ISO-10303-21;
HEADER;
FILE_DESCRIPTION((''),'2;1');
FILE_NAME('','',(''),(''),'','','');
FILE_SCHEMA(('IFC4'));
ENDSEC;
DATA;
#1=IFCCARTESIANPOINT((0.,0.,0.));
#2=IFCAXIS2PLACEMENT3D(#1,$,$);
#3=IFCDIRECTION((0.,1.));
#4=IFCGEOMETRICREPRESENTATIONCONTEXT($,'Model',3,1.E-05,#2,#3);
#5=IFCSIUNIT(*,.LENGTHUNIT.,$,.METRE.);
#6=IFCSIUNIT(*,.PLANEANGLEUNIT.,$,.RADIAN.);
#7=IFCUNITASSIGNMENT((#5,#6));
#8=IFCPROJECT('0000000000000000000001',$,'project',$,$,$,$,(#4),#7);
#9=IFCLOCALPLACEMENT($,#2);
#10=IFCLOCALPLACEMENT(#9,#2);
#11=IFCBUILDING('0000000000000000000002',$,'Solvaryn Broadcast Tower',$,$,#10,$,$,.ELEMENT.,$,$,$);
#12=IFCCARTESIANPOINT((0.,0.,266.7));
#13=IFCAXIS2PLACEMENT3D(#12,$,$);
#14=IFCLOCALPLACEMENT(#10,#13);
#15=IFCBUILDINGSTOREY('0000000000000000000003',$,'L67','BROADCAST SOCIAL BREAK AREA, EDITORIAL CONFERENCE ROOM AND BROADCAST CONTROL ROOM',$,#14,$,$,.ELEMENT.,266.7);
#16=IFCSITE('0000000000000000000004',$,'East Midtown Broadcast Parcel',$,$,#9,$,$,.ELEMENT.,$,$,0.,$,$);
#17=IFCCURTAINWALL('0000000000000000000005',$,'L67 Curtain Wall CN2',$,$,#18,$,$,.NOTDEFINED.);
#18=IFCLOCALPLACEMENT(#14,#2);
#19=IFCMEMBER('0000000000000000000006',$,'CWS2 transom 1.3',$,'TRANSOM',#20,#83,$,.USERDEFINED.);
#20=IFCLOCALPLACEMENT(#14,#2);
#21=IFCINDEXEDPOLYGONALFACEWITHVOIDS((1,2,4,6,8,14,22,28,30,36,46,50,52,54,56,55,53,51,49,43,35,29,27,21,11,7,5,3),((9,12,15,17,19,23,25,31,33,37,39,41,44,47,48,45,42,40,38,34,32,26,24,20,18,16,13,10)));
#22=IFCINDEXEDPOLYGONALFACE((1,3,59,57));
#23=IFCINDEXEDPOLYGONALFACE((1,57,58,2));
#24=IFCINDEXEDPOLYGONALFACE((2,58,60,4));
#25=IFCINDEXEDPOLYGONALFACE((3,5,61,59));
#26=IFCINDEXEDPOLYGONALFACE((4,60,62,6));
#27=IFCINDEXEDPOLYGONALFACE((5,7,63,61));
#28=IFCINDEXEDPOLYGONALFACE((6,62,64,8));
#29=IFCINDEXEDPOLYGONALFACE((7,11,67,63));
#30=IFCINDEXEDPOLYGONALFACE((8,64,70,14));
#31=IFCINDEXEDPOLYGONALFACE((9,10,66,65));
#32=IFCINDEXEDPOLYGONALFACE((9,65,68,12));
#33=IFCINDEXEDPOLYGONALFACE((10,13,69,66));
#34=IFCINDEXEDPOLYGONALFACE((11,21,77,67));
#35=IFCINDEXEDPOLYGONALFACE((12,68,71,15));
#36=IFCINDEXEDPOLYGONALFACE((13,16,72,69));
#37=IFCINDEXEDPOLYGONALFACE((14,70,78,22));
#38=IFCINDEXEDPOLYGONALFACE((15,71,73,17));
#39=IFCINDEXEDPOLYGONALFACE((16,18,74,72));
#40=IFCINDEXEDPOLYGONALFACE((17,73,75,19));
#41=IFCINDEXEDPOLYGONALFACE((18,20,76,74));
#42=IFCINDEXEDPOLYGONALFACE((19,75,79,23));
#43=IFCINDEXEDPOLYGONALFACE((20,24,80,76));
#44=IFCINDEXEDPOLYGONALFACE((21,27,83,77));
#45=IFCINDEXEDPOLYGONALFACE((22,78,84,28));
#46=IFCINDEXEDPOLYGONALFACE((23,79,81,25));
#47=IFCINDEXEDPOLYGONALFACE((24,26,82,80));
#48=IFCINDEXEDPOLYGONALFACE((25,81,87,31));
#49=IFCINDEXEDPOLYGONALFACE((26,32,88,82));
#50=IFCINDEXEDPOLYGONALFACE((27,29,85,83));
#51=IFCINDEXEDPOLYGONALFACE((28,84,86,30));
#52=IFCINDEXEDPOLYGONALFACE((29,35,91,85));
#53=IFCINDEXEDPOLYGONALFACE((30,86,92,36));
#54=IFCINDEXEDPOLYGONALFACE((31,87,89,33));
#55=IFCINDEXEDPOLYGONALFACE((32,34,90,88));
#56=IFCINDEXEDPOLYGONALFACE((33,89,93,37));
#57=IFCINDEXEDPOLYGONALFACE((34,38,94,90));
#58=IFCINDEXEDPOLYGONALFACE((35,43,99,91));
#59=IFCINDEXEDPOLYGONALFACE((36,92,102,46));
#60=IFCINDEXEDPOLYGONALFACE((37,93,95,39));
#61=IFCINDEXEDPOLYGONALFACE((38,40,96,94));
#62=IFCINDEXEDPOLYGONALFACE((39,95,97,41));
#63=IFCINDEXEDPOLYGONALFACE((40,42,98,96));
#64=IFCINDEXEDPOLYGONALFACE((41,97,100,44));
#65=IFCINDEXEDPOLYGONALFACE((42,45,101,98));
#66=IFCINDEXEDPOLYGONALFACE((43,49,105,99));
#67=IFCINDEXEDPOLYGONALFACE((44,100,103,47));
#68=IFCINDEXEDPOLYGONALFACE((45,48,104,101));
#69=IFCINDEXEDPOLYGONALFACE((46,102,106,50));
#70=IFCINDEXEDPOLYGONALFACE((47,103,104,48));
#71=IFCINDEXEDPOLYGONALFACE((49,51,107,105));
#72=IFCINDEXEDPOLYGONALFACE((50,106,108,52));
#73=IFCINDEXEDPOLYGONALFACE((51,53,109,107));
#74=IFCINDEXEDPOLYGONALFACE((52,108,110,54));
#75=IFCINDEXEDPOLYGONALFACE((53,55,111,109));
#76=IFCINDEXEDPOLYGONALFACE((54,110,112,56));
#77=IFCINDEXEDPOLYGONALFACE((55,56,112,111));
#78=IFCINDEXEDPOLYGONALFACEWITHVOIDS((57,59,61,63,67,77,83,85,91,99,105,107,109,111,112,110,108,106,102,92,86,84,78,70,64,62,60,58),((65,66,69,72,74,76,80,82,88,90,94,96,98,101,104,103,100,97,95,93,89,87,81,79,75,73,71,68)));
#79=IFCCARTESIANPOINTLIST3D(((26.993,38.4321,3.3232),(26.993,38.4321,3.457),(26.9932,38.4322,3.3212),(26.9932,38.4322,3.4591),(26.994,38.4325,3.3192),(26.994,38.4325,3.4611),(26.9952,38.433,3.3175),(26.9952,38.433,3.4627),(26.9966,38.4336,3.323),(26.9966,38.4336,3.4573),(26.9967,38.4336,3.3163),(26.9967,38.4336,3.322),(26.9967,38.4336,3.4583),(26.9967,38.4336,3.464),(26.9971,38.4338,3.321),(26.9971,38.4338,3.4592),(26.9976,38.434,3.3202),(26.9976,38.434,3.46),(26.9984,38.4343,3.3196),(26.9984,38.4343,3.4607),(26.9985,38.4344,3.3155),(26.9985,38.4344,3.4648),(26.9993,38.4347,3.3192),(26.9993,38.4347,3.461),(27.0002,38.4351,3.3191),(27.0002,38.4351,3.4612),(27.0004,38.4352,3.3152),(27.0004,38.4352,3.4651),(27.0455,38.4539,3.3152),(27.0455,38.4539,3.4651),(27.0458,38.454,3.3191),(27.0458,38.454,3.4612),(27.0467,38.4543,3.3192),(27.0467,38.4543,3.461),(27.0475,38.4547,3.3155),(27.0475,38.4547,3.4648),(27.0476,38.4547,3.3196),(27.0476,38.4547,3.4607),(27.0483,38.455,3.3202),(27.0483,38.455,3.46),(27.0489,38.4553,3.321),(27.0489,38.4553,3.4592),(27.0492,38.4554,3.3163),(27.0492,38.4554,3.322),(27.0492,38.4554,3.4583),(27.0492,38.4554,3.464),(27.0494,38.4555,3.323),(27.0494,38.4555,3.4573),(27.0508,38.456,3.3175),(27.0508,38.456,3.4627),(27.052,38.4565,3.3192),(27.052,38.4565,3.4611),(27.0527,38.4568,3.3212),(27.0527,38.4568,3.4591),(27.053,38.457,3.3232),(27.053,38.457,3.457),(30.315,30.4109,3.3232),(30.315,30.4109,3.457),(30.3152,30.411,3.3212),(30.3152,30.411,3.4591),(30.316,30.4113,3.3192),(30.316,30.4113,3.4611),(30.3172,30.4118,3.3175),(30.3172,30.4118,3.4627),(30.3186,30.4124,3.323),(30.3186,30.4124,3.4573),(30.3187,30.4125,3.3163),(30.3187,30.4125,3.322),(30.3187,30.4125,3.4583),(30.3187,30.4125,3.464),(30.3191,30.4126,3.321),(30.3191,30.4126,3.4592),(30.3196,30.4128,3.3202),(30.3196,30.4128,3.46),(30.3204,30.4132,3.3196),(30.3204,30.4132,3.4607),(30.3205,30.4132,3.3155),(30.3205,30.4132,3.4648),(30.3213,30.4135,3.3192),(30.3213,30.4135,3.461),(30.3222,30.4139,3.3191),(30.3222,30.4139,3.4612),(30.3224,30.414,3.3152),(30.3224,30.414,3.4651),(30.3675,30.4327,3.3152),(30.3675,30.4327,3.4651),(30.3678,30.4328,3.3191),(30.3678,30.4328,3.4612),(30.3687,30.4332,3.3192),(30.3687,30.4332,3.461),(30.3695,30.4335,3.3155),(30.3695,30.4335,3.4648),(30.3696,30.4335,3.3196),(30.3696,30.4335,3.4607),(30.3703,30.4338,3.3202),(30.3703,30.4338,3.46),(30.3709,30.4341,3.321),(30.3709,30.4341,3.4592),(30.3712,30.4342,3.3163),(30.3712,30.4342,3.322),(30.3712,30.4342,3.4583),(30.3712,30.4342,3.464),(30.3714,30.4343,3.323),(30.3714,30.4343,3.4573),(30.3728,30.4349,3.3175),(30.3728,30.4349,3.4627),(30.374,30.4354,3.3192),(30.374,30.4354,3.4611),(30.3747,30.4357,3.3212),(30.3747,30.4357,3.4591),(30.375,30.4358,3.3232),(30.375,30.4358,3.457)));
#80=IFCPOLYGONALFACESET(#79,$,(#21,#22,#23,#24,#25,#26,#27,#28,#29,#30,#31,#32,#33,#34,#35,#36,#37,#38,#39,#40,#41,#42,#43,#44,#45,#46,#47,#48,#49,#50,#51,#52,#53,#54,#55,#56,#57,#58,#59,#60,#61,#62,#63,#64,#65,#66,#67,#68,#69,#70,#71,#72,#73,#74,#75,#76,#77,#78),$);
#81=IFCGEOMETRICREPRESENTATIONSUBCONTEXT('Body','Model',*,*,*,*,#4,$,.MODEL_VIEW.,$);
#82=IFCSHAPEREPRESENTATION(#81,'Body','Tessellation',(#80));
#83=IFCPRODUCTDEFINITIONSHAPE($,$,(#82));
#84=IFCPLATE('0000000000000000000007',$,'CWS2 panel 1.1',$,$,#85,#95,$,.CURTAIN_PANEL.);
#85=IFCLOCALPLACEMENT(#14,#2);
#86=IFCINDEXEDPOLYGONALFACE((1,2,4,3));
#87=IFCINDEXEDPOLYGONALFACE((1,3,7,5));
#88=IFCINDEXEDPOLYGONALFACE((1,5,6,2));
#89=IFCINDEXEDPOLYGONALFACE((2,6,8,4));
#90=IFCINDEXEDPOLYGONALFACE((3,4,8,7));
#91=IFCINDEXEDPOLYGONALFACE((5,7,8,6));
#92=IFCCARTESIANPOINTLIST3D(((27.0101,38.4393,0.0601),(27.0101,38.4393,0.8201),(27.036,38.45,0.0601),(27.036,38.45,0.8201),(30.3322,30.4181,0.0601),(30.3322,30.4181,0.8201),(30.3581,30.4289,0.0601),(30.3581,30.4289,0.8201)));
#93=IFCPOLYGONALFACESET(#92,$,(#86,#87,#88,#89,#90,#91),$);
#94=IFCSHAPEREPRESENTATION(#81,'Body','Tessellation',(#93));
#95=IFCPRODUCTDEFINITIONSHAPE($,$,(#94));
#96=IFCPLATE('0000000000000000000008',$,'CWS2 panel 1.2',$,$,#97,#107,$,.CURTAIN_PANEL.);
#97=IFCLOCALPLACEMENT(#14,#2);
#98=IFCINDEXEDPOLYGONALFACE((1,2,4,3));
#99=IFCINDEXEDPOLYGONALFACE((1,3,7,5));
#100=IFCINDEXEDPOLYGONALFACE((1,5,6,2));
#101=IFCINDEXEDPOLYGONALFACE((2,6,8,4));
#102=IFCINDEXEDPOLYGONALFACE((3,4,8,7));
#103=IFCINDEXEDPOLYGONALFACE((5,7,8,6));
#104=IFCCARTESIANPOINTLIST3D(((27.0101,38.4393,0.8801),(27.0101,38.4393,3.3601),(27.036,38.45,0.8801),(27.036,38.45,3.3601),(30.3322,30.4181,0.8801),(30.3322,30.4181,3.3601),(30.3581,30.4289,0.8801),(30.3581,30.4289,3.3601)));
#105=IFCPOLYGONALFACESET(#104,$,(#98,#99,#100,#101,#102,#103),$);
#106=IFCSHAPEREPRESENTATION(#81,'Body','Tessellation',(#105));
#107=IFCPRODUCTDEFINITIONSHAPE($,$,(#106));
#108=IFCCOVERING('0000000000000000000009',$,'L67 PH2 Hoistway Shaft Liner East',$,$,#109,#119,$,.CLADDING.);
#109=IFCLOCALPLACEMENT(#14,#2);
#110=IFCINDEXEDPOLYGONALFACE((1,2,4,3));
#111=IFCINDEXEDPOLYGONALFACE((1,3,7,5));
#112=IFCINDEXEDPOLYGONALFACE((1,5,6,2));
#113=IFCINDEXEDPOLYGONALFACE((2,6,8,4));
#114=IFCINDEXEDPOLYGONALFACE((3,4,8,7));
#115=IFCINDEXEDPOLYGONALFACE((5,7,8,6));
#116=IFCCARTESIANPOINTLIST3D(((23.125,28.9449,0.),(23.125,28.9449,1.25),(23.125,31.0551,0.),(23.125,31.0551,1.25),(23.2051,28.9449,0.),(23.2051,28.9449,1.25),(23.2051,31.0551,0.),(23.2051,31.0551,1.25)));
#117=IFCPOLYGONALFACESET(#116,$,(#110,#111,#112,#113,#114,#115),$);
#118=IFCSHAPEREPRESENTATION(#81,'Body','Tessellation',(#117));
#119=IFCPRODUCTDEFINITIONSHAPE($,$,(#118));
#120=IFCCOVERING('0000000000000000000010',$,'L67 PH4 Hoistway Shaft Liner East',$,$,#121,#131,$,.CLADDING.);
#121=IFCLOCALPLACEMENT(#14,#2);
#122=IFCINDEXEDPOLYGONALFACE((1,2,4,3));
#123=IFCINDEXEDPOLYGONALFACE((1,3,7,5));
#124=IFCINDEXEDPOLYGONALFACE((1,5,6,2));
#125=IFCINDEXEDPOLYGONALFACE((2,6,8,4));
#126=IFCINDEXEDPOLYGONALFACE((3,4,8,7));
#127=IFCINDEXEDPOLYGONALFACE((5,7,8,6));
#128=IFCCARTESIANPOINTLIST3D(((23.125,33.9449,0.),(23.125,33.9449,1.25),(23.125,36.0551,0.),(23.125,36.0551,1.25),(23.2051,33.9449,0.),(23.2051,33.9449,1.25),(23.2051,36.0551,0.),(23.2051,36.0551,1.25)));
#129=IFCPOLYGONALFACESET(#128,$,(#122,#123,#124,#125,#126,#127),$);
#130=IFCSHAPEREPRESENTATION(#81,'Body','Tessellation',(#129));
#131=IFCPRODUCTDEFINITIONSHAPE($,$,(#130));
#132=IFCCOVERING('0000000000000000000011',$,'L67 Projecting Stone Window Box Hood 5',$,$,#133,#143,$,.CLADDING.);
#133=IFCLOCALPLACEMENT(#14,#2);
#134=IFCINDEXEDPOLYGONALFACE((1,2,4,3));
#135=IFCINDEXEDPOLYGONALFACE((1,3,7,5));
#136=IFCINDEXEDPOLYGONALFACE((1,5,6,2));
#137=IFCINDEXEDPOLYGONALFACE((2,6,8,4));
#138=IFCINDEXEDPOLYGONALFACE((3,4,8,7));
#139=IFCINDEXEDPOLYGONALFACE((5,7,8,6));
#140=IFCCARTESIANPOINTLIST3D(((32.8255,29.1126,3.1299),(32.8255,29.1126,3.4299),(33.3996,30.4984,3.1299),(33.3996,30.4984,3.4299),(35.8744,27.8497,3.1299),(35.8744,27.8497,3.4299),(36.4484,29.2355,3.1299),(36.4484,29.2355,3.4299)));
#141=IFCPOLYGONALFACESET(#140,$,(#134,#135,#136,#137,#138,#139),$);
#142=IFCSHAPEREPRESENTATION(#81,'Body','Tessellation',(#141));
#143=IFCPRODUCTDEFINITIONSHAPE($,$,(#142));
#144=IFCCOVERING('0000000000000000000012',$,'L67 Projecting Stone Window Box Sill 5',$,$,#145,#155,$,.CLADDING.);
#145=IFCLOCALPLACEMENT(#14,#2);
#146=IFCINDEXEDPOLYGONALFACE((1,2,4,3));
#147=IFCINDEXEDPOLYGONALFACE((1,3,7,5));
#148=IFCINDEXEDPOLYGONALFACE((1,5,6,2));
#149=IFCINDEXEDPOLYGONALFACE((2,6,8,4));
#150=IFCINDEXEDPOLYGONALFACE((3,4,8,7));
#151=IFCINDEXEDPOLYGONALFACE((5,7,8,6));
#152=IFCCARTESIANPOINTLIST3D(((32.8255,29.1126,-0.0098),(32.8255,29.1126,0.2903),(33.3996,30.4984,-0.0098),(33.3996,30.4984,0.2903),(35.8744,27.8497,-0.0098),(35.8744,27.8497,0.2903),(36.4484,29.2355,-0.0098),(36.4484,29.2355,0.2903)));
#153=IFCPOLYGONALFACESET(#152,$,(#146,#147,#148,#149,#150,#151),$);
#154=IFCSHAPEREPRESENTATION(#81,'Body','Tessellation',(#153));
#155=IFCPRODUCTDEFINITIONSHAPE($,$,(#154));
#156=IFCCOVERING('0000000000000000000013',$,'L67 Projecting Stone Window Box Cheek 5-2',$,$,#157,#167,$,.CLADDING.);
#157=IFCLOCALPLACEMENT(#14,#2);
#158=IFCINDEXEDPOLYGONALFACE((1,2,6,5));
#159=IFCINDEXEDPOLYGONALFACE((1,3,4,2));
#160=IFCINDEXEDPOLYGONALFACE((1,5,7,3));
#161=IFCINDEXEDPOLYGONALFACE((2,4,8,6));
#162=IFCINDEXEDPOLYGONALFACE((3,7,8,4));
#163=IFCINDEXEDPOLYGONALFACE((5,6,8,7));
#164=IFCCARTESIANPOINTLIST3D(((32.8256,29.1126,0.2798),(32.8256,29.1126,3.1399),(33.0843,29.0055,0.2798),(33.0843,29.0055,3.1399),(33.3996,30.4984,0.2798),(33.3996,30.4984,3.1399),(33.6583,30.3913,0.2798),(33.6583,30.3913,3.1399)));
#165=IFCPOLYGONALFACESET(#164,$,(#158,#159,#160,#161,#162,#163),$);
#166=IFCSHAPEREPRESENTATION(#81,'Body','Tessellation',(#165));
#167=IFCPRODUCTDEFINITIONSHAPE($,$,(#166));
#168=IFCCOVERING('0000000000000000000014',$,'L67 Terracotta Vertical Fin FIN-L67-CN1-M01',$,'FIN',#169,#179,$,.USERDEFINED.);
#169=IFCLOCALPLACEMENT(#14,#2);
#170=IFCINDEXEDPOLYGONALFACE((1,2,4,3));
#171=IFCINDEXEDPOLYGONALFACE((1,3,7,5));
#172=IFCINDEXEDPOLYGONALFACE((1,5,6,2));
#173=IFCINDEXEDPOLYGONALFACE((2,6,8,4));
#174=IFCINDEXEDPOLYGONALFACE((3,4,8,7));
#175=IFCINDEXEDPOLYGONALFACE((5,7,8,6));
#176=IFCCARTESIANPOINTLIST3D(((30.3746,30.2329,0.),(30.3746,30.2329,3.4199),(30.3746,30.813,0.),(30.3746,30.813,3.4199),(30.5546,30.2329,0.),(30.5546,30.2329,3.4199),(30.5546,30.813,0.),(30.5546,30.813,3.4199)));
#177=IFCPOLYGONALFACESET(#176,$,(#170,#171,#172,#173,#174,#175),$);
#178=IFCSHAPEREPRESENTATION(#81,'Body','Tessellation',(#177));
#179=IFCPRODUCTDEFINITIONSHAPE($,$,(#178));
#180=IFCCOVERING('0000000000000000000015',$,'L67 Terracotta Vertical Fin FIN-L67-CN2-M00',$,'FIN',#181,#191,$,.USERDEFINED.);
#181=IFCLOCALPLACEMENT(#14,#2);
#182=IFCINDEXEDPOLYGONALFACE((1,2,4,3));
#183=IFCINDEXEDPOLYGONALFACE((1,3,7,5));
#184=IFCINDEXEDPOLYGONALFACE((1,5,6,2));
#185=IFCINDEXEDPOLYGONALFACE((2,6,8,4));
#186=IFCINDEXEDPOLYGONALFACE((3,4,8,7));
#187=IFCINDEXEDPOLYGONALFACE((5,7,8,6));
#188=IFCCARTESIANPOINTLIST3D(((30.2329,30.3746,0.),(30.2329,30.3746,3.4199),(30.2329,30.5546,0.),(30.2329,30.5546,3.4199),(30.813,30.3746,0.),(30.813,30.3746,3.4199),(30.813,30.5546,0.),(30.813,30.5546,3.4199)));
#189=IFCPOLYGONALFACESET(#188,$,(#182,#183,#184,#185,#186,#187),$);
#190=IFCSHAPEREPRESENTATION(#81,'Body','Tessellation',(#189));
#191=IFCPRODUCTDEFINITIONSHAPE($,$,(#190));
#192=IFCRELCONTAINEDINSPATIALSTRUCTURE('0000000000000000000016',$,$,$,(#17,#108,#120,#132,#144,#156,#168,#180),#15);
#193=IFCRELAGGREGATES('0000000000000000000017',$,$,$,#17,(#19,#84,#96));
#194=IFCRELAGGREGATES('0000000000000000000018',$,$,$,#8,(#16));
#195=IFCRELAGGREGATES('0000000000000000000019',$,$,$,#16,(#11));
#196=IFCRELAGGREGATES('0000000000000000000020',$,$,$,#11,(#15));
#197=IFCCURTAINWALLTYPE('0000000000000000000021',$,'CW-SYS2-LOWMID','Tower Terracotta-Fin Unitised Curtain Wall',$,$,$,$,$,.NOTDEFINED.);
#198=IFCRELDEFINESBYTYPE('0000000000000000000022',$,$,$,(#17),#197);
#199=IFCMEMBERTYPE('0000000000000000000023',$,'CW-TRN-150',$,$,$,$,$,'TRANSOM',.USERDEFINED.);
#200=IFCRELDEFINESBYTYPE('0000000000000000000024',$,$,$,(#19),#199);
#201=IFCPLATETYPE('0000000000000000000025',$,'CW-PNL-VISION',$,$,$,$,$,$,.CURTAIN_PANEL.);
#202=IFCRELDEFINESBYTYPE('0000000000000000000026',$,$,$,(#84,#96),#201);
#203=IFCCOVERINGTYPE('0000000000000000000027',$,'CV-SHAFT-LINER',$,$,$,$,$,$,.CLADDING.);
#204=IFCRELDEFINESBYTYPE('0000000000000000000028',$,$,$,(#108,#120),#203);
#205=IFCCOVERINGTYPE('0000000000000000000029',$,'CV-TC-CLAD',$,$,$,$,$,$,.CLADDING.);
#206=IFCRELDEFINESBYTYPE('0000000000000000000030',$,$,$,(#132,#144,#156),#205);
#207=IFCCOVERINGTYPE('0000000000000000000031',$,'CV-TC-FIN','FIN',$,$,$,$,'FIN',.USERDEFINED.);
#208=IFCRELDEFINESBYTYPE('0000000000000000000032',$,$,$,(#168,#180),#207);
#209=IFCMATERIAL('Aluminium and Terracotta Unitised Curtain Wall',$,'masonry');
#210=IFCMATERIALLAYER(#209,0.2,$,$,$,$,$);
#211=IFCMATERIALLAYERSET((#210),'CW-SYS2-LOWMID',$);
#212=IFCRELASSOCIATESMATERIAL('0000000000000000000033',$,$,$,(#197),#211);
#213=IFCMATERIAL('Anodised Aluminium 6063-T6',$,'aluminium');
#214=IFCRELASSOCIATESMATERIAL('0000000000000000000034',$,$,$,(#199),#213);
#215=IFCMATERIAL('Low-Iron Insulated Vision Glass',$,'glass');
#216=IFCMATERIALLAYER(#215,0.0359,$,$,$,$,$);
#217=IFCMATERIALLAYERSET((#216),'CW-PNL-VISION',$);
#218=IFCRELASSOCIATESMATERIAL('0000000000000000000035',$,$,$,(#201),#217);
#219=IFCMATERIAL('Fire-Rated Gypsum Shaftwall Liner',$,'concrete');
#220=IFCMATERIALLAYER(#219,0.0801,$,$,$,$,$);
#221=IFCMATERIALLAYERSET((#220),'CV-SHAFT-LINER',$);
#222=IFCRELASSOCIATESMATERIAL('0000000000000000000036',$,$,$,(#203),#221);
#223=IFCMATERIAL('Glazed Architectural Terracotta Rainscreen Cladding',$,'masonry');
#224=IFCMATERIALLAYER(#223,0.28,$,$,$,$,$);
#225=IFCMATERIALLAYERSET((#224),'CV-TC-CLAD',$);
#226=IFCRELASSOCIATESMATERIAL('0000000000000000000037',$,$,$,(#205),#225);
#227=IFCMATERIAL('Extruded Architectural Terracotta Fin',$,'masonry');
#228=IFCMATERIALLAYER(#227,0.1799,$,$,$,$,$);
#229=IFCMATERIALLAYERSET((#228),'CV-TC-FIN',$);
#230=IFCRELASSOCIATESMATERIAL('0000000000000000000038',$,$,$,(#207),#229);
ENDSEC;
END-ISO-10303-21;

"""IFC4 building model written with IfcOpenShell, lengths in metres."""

from ifc_helpers import new_model, si_unit, direction, frame, origin, origin_2d, place, context, subcontext, project, spatial, rectangle, hollow_rectangle, extrude, material, layer, layer_set, material_profile, profile_set, type_object, element, aggregate, save


model = new_model("IFC4")

# Units and contexts
model_context = context("Model", 3, precision=1e-05, world=origin(), true_north=direction((0.0, 1.0)))
body_context = subcontext(model_context, "Body", "Model", "MODEL_VIEW")
ifc_project = project(units=[si_unit("LENGTHUNIT", "METRE"), si_unit("PLANEANGLEUNIT", "RADIAN")], contexts=[model_context])

# Site, building, storey
site_placement = place(None, origin())
site = spatial("IfcSite", under=ifc_project, at=site_placement, Name="East Midtown Broadcast Parcel", CompositionType="ELEMENT", RefElevation=0.0)
building_placement = place(site_placement, origin())
building = spatial("IfcBuilding", under=site, at=building_placement, Name="Solvaryn Broadcast Tower", CompositionType="ELEMENT")
storey_placement = place(building_placement, frame((0.0, 0.0, 266.7)))
storey = spatial("IfcBuildingStorey", under=building, at=storey_placement, Name="L67", Description="BROADCAST SOCIAL BREAK AREA, EDITORIAL CONFERENCE ROOM AND BROADCAST CONTROL ROOM", CompositionType="ELEMENT", Elevation=266.7)

# Shared definitions
ifc_material_1 = material(Name="Aluminium and Terracotta Unitised Curtain Wall", Category="masonry")
ifc_layer_1 = layer(ifc_material_1, 0.2)
ifc_layer_set_1 = layer_set([ifc_layer_1], Name="CW-SYS2-LOWMID")
curtain_wall_type = type_object("IfcCurtainWallType", Name="CW-SYS2-LOWMID", Description="Tower Terracotta-Fin Unitised Curtain Wall", PredefinedType="NOTDEFINED", material=ifc_layer_set_1)

# Curtain wall, member, plates
curtain_wall_1_placement = place(storey_placement, origin())
curtain_wall_1 = element("IfcCurtainWall", 1, at=curtain_wall_1_placement, inside=storey, type_object=curtain_wall_type, Name="L67 Curtain Wall CN2", PredefinedType="NOTDEFINED")
ifc_material_2 = material(Name="Anodised Aluminium 6063-T6", Category="aluminium")
ifc_material_profile_1 = material_profile(ifc_material_2, hollow_rectangle(XDim=0.0649, YDim=0.1499, WallThickness=0.0039, InnerFilletRadius=0.0039, OuterFilletRadius=0.0081, at=origin_2d()))
ifc_profile_set_1 = profile_set([ifc_material_profile_1], Name="Anodised Aluminium 6063-T6")
member_type_1 = type_object("IfcMemberType", Name="CW-TRN-150", ElementType="TRANSOM", PredefinedType="USERDEFINED", material=ifc_profile_set_1)
member_1_placement = place(storey_placement, frame((30.345, 30.4233, 3.3901), z_axis=(-0.382636, 0.923899, 0.0), x_axis=(-0.923899, -0.382636, 0.0)))
member_1 = element("IfcMember", 2, at=member_1_placement, type_object=member_type_1, Name="CWS2 transom 1.3", ObjectType="TRANSOM", PredefinedType="USERDEFINED", context=body_context, shape_type="SweptSolid", body=[
    extrude(hollow_rectangle(XDim=0.0649, YDim=0.1499, WallThickness=0.0039, InnerFilletRadius=0.0039, OuterFilletRadius=0.0081, at=origin_2d()), origin(), (0.0, 0.0, 1.0), 8.6819),
])
ifc_material_3 = material(Name="Low-Iron Insulated Vision Glass", Category="glass")
ifc_layer_2 = layer(ifc_material_3, 0.0359)
ifc_layer_set_2 = layer_set([ifc_layer_2], Name="CW-PNL-VISION")
plate_type = type_object("IfcPlateType", Name="CW-PNL-VISION", PredefinedType="CURTAIN_PANEL", material=ifc_layer_set_2)
plate_1_placement = place(storey_placement, frame((28.6841, 34.4341, 0.0601), z_axis=(0.0, 0.0, 1.0), x_axis=(-0.382646, 0.923895, 0.0)))
plate_1 = element("IfcPlate", 3, at=plate_1_placement, type_object=plate_type, Name="CWS2 panel 1.1", PredefinedType="CURTAIN_PANEL", context=body_context, shape_type="SweptSolid", body=[
    extrude(rectangle(XDim=8.6819, YDim=0.0281, at=origin_2d()), origin(), (0.0, 0.0, 1.0), 0.76),
])
plate_2_placement = place(storey_placement, frame((28.6841, 34.4341, 0.8801), z_axis=(0.0, 0.0, 1.0), x_axis=(-0.382646, 0.923895, 0.0)))
plate_2 = element("IfcPlate", 4, at=plate_2_placement, type_object=plate_type, Name="CWS2 panel 1.2", PredefinedType="CURTAIN_PANEL", context=body_context, shape_type="SweptSolid", body=[
    extrude(rectangle(XDim=8.6819, YDim=0.0281, at=origin_2d()), origin(), (0.0, 0.0, 1.0), 2.48),
])
aggregate(curtain_wall_1, [member_1, plate_1, plate_2])

# Coverings
ifc_material_4 = material(Name="Fire-Rated Gypsum Shaftwall Liner", Category="concrete")
ifc_layer_3 = layer(ifc_material_4, 0.0801)
ifc_layer_set_3 = layer_set([ifc_layer_3], Name="CV-SHAFT-LINER")
covering_type_1 = type_object("IfcCoveringType", Name="CV-SHAFT-LINER", PredefinedType="CLADDING", material=ifc_layer_set_3)
for number, where, z_axis, x_axis, name in (
    (5, (23.165, 30.0, 0.0), (0.0, 0.0, 1.0), (1.0, 0.0, 0.0), "L67 PH2 Hoistway Shaft Liner East"),
    (6, (23.165, 35.0, 0.0), (0.0, 0.0, 1.0), (1.0, 0.0, 0.0), "L67 PH4 Hoistway Shaft Liner East"),
):
    element("IfcCovering", number, at=place(storey_placement, frame(where, z_axis=z_axis, x_axis=x_axis)), inside=storey, type_object=covering_type_1, Name=name, PredefinedType="CLADDING", context=body_context, shape_type="SweptSolid", body=[
        extrude(rectangle(XDim=0.0801, YDim=2.1101, at=origin_2d()), origin(), (0.0, 0.0, 1.0), 1.25),
    ])
ifc_material_5 = material(Name="Glazed Architectural Terracotta Rainscreen Cladding", Category="masonry")
ifc_layer_4 = layer(ifc_material_5, 0.28)
ifc_layer_set_4 = layer_set([ifc_layer_4], Name="CV-TC-CLAD")
covering_type_2 = type_object("IfcCoveringType", Name="CV-TC-CLAD", PredefinedType="CLADDING", material=ifc_layer_set_4)
for number, where, z_axis, x_axis, name in (
    (7, (34.637, 29.1741, 3.1299), (0.0, 0.0, 1.0), (-0.92388, 0.382683, 0.0), "L67 Projecting Stone Window Box Hood 5"),
    (8, (34.637, 29.1741, -0.0098), (0.0, 0.0, 1.0), (-0.92388, 0.382683, 0.0), "L67 Projecting Stone Window Box Sill 5"),
):
    element("IfcCovering", number, at=place(storey_placement, frame(where, z_axis=z_axis, x_axis=x_axis)), inside=storey, type_object=covering_type_2, Name=name, PredefinedType="CLADDING", context=body_context, shape_type="SweptSolid", body=[
        extrude(rectangle(XDim=3.3, YDim=1.5, at=origin_2d()), origin(), (0.0, 0.0, 1.0), 0.3),
    ])
covering_1_placement = place(storey_placement, frame((33.2419, 29.752, 0.2798), z_axis=(0.0, 0.0, 1.0), x_axis=(-0.92388, 0.382683, 0.0)))
element("IfcCovering", 9, at=covering_1_placement, inside=storey, type_object=covering_type_2, Name="L67 Projecting Stone Window Box Cheek 5-2", PredefinedType="CLADDING", context=body_context, shape_type="SweptSolid", body=[
    extrude(rectangle(XDim=0.28, YDim=1.5, at=origin_2d()), origin(), (0.0, 0.0, 1.0), 2.8601),
])
ifc_material_6 = material(Name="Extruded Architectural Terracotta Fin", Category="masonry")
ifc_layer_5 = layer(ifc_material_6, 0.1799)
ifc_layer_set_5 = layer_set([ifc_layer_5], Name="CV-TC-FIN")
covering_type_3 = type_object("IfcCoveringType", Name="CV-TC-FIN", Description="FIN", ElementType="FIN", PredefinedType="USERDEFINED", material=ifc_layer_set_5)
covering_2_placement = place(storey_placement, frame((30.4646, 30.5229, 0.0), z_axis=(0.0, 0.0, 1.0), x_axis=(1.0, 0.0, 0.0)))
element("IfcCovering", 10, at=covering_2_placement, inside=storey, type_object=covering_type_3, Name="L67 Terracotta Vertical Fin FIN-L67-CN1-M01", ObjectType="FIN", PredefinedType="USERDEFINED", context=body_context, shape_type="SweptSolid", body=[
    extrude(rectangle(XDim=0.1799, YDim=0.5801, at=origin_2d()), origin(), (0.0, 0.0, 1.0), 3.4199),
])
covering_3_placement = place(storey_placement, frame((30.5229, 30.4646, 0.0), z_axis=(0.0, 0.0, 1.0), x_axis=(1.0, 0.0, 0.0)))
element("IfcCovering", 11, at=covering_3_placement, inside=storey, type_object=covering_type_3, Name="L67 Terracotta Vertical Fin FIN-L67-CN2-M00", ObjectType="FIN", PredefinedType="USERDEFINED", context=body_context, shape_type="SweptSolid", body=[
    extrude(rectangle(XDim=0.5801, YDim=0.1799, at=origin_2d()), origin(), (0.0, 0.0, 1.0), 3.4199),
])

save(model, "model.ifc")
